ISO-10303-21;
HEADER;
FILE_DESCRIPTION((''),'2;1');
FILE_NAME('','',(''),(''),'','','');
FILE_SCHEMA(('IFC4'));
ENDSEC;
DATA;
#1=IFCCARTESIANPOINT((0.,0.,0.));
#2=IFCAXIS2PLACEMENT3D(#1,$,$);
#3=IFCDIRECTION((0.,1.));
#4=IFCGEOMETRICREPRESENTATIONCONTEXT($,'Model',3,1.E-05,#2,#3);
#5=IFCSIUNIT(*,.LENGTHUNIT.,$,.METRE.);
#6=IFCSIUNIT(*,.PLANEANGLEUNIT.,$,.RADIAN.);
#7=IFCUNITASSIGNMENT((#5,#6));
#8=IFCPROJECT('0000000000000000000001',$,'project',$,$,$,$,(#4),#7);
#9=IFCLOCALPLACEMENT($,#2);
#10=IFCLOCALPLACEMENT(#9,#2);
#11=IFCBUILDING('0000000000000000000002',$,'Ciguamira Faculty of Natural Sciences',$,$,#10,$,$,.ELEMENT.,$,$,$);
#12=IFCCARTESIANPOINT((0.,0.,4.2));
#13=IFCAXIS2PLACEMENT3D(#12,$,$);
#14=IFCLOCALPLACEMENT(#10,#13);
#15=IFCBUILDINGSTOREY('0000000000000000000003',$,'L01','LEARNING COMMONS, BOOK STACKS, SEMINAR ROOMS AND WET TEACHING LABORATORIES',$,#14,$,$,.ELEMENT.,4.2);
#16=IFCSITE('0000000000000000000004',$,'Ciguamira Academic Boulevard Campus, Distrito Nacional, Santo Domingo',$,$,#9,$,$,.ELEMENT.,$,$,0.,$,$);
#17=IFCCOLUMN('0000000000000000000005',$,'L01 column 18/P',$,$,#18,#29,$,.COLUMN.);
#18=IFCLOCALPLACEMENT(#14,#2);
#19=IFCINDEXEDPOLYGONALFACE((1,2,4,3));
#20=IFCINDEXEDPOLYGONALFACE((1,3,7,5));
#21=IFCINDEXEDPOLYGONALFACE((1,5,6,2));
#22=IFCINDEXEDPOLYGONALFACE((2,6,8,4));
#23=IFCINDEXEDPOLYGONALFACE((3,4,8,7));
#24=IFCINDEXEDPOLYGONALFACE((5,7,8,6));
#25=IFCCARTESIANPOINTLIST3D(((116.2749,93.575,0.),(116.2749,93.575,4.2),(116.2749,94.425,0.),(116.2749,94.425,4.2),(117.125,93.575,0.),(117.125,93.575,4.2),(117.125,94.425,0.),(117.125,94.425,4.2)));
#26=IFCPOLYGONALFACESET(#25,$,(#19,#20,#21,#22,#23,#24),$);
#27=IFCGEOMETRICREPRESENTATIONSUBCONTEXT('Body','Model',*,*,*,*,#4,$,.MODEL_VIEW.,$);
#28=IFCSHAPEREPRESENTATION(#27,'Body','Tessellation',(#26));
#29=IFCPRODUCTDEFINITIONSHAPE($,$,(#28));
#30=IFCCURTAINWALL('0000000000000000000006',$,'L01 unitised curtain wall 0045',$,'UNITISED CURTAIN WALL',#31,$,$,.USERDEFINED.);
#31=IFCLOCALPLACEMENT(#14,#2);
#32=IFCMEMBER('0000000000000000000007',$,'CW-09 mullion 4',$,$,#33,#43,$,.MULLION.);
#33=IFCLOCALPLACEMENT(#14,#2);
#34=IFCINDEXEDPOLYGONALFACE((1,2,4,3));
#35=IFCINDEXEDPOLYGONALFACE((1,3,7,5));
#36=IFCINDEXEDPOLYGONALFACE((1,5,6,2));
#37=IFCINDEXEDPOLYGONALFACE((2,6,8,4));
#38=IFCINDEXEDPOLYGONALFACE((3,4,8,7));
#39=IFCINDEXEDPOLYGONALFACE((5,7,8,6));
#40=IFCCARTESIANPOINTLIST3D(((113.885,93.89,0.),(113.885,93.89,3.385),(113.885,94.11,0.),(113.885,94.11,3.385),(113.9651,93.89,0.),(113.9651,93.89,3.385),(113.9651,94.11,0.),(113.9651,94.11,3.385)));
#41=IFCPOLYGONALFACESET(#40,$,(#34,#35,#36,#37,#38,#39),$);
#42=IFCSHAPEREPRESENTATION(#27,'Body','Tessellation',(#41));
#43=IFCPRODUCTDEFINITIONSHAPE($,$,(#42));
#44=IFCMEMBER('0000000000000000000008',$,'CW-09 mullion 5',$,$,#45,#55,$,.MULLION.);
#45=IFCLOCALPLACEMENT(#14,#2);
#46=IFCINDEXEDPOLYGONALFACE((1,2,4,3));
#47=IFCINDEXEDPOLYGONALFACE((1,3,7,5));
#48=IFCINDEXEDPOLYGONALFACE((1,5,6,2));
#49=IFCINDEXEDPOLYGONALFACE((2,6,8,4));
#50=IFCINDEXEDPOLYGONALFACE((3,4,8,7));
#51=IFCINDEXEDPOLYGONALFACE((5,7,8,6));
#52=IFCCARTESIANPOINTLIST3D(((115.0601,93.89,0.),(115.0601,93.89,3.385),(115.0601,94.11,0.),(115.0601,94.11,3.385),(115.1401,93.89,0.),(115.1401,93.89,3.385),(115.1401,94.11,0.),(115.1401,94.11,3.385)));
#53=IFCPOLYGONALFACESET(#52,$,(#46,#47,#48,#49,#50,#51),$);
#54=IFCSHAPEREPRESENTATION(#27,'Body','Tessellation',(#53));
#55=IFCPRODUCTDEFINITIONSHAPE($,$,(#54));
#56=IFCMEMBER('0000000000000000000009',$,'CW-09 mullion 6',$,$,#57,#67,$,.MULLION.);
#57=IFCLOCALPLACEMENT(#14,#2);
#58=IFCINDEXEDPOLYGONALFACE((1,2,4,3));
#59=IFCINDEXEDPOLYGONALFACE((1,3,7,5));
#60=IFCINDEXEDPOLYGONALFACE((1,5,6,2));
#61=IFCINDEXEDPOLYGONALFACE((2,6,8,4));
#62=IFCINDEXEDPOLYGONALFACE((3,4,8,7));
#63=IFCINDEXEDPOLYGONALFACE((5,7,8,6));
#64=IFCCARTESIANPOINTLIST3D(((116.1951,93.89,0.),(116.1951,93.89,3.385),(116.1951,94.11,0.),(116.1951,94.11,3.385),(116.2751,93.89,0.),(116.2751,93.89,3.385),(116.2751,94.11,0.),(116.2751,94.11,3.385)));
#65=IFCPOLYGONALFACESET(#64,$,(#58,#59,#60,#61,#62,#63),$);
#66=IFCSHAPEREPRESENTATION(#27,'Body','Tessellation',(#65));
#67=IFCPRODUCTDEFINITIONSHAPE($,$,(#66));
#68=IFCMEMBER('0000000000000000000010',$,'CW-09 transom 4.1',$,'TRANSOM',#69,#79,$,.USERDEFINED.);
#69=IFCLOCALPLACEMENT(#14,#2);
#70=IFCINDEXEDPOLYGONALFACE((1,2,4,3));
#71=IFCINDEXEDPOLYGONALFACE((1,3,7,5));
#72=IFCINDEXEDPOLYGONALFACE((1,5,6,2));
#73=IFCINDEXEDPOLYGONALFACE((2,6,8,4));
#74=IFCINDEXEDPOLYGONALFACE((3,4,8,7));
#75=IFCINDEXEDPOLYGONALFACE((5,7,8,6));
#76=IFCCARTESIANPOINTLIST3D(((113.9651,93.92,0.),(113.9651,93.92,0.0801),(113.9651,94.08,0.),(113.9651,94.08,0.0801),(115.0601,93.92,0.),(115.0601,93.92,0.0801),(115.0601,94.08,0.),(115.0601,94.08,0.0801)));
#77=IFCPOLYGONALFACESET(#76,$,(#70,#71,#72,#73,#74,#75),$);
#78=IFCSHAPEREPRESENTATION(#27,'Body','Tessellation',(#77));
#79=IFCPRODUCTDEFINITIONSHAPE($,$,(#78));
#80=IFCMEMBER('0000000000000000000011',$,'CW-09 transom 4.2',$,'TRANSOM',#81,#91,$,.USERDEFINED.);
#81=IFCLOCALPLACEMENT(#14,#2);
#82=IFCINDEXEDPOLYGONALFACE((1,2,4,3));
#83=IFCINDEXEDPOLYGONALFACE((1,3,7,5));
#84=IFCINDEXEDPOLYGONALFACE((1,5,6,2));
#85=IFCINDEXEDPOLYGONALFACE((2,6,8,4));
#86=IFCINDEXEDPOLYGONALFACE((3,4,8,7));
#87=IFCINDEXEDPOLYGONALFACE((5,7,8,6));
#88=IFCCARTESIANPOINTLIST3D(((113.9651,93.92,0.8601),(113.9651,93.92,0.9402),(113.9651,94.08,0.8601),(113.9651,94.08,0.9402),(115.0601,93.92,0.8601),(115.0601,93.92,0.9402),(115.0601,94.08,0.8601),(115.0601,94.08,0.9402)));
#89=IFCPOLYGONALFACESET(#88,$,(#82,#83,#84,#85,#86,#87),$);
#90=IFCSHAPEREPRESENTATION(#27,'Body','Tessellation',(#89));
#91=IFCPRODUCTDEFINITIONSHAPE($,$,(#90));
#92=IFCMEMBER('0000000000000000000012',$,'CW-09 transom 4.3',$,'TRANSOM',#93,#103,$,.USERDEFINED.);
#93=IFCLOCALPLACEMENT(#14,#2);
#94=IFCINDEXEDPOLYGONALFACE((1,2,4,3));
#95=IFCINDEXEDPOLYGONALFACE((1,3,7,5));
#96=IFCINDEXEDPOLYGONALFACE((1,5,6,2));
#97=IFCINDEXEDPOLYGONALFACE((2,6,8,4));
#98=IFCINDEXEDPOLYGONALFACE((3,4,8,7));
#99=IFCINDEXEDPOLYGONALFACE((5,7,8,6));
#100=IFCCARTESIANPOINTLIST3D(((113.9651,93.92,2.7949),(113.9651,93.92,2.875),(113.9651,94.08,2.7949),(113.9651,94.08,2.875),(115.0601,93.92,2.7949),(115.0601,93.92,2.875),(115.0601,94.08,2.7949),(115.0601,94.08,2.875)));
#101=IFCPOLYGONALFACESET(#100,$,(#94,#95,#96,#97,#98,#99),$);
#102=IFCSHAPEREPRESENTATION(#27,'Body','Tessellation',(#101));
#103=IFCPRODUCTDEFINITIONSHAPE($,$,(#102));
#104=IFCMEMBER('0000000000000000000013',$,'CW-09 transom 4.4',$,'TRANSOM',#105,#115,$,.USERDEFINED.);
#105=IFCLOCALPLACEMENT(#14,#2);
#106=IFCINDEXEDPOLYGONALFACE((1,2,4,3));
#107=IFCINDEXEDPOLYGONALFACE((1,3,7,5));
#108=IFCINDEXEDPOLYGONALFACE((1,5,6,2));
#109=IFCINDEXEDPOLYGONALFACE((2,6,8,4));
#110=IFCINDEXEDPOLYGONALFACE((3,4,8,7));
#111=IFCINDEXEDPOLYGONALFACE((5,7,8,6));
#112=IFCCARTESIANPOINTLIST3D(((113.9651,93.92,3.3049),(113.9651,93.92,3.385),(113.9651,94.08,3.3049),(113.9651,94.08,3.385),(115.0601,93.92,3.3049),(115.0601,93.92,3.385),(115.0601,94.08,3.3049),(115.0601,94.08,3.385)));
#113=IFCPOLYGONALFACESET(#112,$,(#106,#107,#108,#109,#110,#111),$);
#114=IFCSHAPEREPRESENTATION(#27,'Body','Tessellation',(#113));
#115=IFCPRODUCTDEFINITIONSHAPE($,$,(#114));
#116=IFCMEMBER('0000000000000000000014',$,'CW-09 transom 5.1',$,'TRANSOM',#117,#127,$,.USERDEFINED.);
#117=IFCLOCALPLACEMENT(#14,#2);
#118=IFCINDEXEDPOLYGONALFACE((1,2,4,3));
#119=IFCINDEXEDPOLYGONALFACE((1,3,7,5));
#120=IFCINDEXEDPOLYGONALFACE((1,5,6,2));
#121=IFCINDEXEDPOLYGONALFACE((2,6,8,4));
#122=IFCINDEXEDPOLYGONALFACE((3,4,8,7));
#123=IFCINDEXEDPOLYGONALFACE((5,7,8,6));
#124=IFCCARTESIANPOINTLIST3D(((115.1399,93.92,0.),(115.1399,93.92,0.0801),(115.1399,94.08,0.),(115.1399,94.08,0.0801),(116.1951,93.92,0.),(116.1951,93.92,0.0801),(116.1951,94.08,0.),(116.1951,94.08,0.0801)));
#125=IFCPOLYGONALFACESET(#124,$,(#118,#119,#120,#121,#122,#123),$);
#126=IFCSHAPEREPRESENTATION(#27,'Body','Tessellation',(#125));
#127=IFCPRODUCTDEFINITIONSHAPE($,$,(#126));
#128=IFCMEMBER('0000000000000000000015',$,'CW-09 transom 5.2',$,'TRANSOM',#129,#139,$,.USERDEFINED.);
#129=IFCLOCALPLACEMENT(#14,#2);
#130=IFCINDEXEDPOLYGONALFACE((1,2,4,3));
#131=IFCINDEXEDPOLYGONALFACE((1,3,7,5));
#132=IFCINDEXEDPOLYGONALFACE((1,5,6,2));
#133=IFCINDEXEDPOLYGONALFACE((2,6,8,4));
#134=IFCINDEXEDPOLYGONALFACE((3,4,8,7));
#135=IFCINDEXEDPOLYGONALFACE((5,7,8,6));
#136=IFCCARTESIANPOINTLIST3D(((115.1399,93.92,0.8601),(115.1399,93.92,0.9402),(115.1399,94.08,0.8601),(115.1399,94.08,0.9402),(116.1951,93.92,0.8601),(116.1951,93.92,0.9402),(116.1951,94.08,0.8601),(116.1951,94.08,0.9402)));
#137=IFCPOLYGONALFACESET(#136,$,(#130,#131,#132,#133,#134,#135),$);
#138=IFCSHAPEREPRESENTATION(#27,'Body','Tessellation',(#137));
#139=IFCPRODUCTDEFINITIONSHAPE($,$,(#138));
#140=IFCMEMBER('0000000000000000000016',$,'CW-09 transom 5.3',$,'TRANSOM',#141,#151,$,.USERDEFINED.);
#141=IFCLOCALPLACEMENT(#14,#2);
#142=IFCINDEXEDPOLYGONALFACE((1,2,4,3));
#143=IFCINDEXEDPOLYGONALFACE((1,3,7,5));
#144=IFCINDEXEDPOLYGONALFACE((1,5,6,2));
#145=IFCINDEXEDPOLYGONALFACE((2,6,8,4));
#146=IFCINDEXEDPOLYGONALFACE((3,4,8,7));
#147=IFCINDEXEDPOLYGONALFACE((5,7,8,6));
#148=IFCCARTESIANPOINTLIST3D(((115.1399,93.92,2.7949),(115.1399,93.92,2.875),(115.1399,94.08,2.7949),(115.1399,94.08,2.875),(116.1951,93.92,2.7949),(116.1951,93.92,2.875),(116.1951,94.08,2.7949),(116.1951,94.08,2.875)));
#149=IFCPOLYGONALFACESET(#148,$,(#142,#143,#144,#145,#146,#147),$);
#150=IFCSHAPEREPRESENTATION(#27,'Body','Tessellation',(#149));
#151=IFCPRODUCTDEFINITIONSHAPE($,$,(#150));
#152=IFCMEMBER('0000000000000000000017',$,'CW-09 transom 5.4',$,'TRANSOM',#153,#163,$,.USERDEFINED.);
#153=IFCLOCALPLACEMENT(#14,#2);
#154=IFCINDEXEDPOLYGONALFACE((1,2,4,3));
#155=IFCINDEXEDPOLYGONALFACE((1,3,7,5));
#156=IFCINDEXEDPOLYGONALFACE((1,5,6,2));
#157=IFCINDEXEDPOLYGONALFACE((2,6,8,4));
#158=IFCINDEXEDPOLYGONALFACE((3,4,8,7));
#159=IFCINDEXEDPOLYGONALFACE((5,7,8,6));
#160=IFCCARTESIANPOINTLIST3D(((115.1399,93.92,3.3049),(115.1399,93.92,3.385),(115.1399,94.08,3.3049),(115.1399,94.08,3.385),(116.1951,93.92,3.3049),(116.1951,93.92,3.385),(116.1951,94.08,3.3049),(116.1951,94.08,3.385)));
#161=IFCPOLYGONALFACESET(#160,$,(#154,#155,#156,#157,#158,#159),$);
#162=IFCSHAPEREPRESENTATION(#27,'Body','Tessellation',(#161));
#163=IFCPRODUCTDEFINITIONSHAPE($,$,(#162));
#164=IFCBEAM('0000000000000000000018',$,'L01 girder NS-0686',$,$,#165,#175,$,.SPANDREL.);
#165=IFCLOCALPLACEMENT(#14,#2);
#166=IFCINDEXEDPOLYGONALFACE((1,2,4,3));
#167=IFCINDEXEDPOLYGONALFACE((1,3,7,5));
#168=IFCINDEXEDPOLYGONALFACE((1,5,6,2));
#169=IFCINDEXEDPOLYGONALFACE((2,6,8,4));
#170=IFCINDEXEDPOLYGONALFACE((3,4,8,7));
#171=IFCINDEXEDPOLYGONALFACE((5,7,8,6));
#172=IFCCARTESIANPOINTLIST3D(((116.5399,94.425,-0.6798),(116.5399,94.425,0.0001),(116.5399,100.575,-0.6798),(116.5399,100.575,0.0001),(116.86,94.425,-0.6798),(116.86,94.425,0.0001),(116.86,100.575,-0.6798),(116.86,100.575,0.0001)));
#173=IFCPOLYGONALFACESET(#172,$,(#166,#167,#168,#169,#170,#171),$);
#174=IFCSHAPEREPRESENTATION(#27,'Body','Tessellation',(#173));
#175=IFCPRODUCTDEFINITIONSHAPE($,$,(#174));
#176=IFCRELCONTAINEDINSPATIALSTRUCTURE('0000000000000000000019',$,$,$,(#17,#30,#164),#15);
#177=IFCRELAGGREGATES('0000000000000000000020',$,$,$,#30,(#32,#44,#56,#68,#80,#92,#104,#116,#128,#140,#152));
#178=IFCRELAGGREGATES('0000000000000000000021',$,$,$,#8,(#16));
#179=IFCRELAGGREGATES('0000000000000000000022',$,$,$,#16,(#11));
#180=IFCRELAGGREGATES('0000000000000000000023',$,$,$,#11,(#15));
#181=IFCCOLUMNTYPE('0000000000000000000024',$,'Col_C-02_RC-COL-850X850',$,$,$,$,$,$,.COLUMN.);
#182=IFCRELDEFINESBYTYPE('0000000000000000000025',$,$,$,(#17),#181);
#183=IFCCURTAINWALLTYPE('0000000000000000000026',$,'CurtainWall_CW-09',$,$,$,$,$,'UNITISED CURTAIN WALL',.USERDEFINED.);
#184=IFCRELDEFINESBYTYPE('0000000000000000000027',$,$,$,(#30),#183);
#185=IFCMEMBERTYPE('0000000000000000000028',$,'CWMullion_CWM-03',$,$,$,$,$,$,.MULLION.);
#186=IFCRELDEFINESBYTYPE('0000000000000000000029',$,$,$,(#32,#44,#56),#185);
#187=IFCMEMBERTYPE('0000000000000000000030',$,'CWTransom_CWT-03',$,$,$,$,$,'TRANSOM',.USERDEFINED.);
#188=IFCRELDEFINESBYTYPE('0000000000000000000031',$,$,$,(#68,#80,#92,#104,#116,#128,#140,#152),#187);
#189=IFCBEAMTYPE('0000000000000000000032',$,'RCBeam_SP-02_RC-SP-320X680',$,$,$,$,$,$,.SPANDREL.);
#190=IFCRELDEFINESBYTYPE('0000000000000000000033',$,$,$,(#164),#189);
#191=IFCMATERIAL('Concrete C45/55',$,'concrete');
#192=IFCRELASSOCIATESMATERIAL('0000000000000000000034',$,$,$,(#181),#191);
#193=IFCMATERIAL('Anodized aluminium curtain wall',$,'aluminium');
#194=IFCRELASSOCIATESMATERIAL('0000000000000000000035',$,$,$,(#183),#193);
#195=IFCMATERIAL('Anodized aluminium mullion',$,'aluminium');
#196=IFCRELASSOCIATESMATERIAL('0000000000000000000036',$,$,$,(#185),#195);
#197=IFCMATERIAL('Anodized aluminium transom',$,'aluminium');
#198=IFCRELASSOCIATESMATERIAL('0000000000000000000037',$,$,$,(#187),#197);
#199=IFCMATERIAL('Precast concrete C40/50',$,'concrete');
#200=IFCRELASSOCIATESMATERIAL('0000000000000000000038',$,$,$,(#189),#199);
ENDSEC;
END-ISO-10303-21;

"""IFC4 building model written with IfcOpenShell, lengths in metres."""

from ifc_helpers import new_model, si_unit, direction, frame, origin, origin_2d, place, context, subcontext, project, spatial, rectangle, extrude, material, material_profile, profile_set, type_object, element, aggregate, save


model = new_model("IFC4")

# Units and contexts
model_context = context("Model", 3, precision=1e-05, world=origin(), true_north=direction((0.0, 1.0)))
body_context = subcontext(model_context, "Body", "Model", "MODEL_VIEW")
ifc_project = project(units=[si_unit("LENGTHUNIT", "METRE"), si_unit("PLANEANGLEUNIT", "RADIAN")], contexts=[model_context])

# Site, building, storey
site_placement = place(None, origin())
site = spatial("IfcSite", under=ifc_project, at=site_placement, Name="Ciguamira Academic Boulevard Campus, Distrito Nacional, Santo Domingo", CompositionType="ELEMENT", RefElevation=0.0)
building_placement = place(site_placement, origin())
building = spatial("IfcBuilding", under=site, at=building_placement, Name="Ciguamira Faculty of Natural Sciences", CompositionType="ELEMENT")
storey_placement = place(building_placement, frame((0.0, 0.0, 4.2)))
storey = spatial("IfcBuildingStorey", under=building, at=storey_placement, Name="L01", Description="LEARNING COMMONS, BOOK STACKS, SEMINAR ROOMS AND WET TEACHING LABORATORIES", CompositionType="ELEMENT", Elevation=4.2)

# Column
ifc_material_1 = material(Name="Concrete C45/55", Category="concrete")
ifc_material_profile_1 = material_profile(ifc_material_1, rectangle(XDim=0.8501, YDim=0.8501, at=origin_2d()), Name="RC-COL-850X850")
ifc_profile_set_1 = profile_set([ifc_material_profile_1], Name="Concrete C45/55")
column_type = type_object("IfcColumnType", Name="Col_C-02_RC-COL-850X850", PredefinedType="COLUMN", material=ifc_profile_set_1)
column_placement = place(storey_placement, frame((116.7, 94.0, 0.0), z_axis=(0.0, 0.0, 1.0), x_axis=(1.0, 0.0, 0.0)))
element("IfcColumn", 1, at=column_placement, inside=storey, type_object=column_type, Name="L01 column 18/P", PredefinedType="COLUMN", context=body_context, shape_type="SweptSolid", body=[
    extrude(rectangle(XDim=0.8501, YDim=0.8501, at=origin_2d()), origin(), (0.0, 0.0, 1.0), 4.2),
])

# Curtain wall, members
ifc_material_2 = material(Name="Anodized aluminium curtain wall", Category="aluminium")
curtain_wall_type = type_object("IfcCurtainWallType", Name="CurtainWall_CW-09", ElementType="UNITISED CURTAIN WALL", PredefinedType="USERDEFINED", material=ifc_material_2)
curtain_wall_placement = place(storey_placement, origin())
curtain_wall = element("IfcCurtainWall", 2, at=curtain_wall_placement, inside=storey, type_object=curtain_wall_type, Name="L01 unitised curtain wall 0045", ObjectType="UNITISED CURTAIN WALL", PredefinedType="USERDEFINED")
ifc_material_3 = material(Name="Anodized aluminium mullion", Category="aluminium")
ifc_material_profile_2 = material_profile(ifc_material_3, rectangle(XDim=0.0801, YDim=0.22, at=origin_2d()), Name="ALU-MUL-80X220")
ifc_profile_set_2 = profile_set([ifc_material_profile_2], Name="Anodized aluminium mullion")
member_type_1 = type_object("IfcMemberType", Name="CWMullion_CWM-03", PredefinedType="MULLION", material=ifc_profile_set_2)
member_1_placement = place(storey_placement, frame((113.925, 94.0, 0.0), z_axis=(0.0, 0.0, 1.0), x_axis=(1.0, 0.0, 0.0)))
member_1 = element("IfcMember", 3, at=member_1_placement, type_object=member_type_1, Name="CW-09 mullion 4", PredefinedType="MULLION", context=body_context, shape_type="SweptSolid", body=[
    extrude(rectangle(XDim=0.0801, YDim=0.22, at=origin_2d()), origin(), (0.0, 0.0, 1.0), 3.385),
])
member_2_placement = place(storey_placement, frame((115.1001, 94.0, 0.0), z_axis=(0.0, 0.0, 1.0), x_axis=(1.0, 0.0, 0.0)))
member_2 = element("IfcMember", 4, at=member_2_placement, type_object=member_type_1, Name="CW-09 mullion 5", PredefinedType="MULLION", context=body_context, shape_type="SweptSolid", body=[
    extrude(rectangle(XDim=0.0801, YDim=0.22, at=origin_2d()), origin(), (0.0, 0.0, 1.0), 3.385),
])
member_3_placement = place(storey_placement, frame((116.2351, 94.0, 0.0), z_axis=(0.0, 0.0, 1.0), x_axis=(1.0, 0.0, 0.0)))
member_3 = element("IfcMember", 5, at=member_3_placement, type_object=member_type_1, Name="CW-09 mullion 6", PredefinedType="MULLION", context=body_context, shape_type="SweptSolid", body=[
    extrude(rectangle(XDim=0.0801, YDim=0.22, at=origin_2d()), origin(), (0.0, 0.0, 1.0), 3.385),
])
ifc_material_4 = material(Name="Anodized aluminium transom", Category="aluminium")
ifc_material_profile_3 = material_profile(ifc_material_4, rectangle(XDim=0.0801, YDim=0.1599, at=origin_2d()), Name="ALU-TRN-80X160")
ifc_profile_set_3 = profile_set([ifc_material_profile_3], Name="Anodized aluminium transom")
member_type_2 = type_object("IfcMemberType", Name="CWTransom_CWT-03", ElementType="TRANSOM", PredefinedType="USERDEFINED", material=ifc_profile_set_3)
member_4_placement = place(storey_placement, frame((113.9651, 94.0, 0.04), z_axis=(1.0, 0.0, 0.0), x_axis=(0.0, 0.0, 1.0)))
member_4 = element("IfcMember", 6, at=member_4_placement, type_object=member_type_2, Name="CW-09 transom 4.1", ObjectType="TRANSOM", PredefinedType="USERDEFINED", context=body_context, shape_type="SweptSolid", body=[
    extrude(rectangle(XDim=0.0801, YDim=0.1599, at=origin_2d()), origin(), (0.0, 0.0, 1.0), 1.095),
])
member_5_placement = place(storey_placement, frame((113.9651, 94.0, 0.9001), z_axis=(1.0, 0.0, 0.0), x_axis=(0.0, 0.0, 1.0)))
member_5 = element("IfcMember", 7, at=member_5_placement, type_object=member_type_2, Name="CW-09 transom 4.2", ObjectType="TRANSOM", PredefinedType="USERDEFINED", context=body_context, shape_type="SweptSolid", body=[
    extrude(rectangle(XDim=0.0801, YDim=0.1599, at=origin_2d()), origin(), (0.0, 0.0, 1.0), 1.095),
])
member_6_placement = place(storey_placement, frame((113.9651, 94.0, 2.835), z_axis=(1.0, 0.0, 0.0), x_axis=(0.0, 0.0, 1.0)))
member_6 = element("IfcMember", 8, at=member_6_placement, type_object=member_type_2, Name="CW-09 transom 4.3", ObjectType="TRANSOM", PredefinedType="USERDEFINED", context=body_context, shape_type="SweptSolid", body=[
    extrude(rectangle(XDim=0.0801, YDim=0.1599, at=origin_2d()), origin(), (0.0, 0.0, 1.0), 1.095),
])
member_7_placement = place(storey_placement, frame((113.9651, 94.0, 3.345), z_axis=(1.0, 0.0, 0.0), x_axis=(0.0, 0.0, 1.0)))
member_7 = element("IfcMember", 9, at=member_7_placement, type_object=member_type_2, Name="CW-09 transom 4.4", ObjectType="TRANSOM", PredefinedType="USERDEFINED", context=body_context, shape_type="SweptSolid", body=[
    extrude(rectangle(XDim=0.0801, YDim=0.1599, at=origin_2d()), origin(), (0.0, 0.0, 1.0), 1.095),
])
member_8_placement = place(storey_placement, frame((115.1399, 94.0, 0.04), z_axis=(1.0, 0.0, 0.0), x_axis=(0.0, 0.0, 1.0)))
member_8 = element("IfcMember", 10, at=member_8_placement, type_object=member_type_2, Name="CW-09 transom 5.1", ObjectType="TRANSOM", PredefinedType="USERDEFINED", context=body_context, shape_type="SweptSolid", body=[
    extrude(rectangle(XDim=0.0801, YDim=0.1599, at=origin_2d()), origin(), (0.0, 0.0, 1.0), 1.0552),
])
member_9_placement = place(storey_placement, frame((115.1399, 94.0, 0.9001), z_axis=(1.0, 0.0, 0.0), x_axis=(0.0, 0.0, 1.0)))
member_9 = element("IfcMember", 11, at=member_9_placement, type_object=member_type_2, Name="CW-09 transom 5.2", ObjectType="TRANSOM", PredefinedType="USERDEFINED", context=body_context, shape_type="SweptSolid", body=[
    extrude(rectangle(XDim=0.0801, YDim=0.1599, at=origin_2d()), origin(), (0.0, 0.0, 1.0), 1.0552),
])
member_10_placement = place(storey_placement, frame((115.1399, 94.0, 2.835), z_axis=(1.0, 0.0, 0.0), x_axis=(0.0, 0.0, 1.0)))
member_10 = element("IfcMember", 12, at=member_10_placement, type_object=member_type_2, Name="CW-09 transom 5.3", ObjectType="TRANSOM", PredefinedType="USERDEFINED", context=body_context, shape_type="SweptSolid", body=[
    extrude(rectangle(XDim=0.0801, YDim=0.1599, at=origin_2d()), origin(), (0.0, 0.0, 1.0), 1.0552),
])
member_11_placement = place(storey_placement, frame((115.1399, 94.0, 3.345), z_axis=(1.0, 0.0, 0.0), x_axis=(0.0, 0.0, 1.0)))
member_11 = element("IfcMember", 13, at=member_11_placement, type_object=member_type_2, Name="CW-09 transom 5.4", ObjectType="TRANSOM", PredefinedType="USERDEFINED", context=body_context, shape_type="SweptSolid", body=[
    extrude(rectangle(XDim=0.0801, YDim=0.1599, at=origin_2d()), origin(), (0.0, 0.0, 1.0), 1.0552),
])

# Beam
ifc_material_5 = material(Name="Precast concrete C40/50", Category="concrete")
ifc_material_profile_4 = material_profile(ifc_material_5, rectangle(XDim=0.3201, YDim=0.6799, at=origin_2d()), Name="RC-SP-320X680")
ifc_profile_set_4 = profile_set([ifc_material_profile_4], Name="Precast concrete C40/50")
beam_type_1 = type_object("IfcBeamType", Name="RCBeam_SP-02_RC-SP-320X680", PredefinedType="SPANDREL", material=ifc_profile_set_4)
beam_1_placement = place(storey_placement, frame((116.7, 94.425, -0.3398), z_axis=(0.0, 1.0, 0.0), x_axis=(-1.0, 0.0, 0.0)))
element("IfcBeam", 14, at=beam_1_placement, inside=storey, type_object=beam_type_1, Name="L01 girder NS-0686", PredefinedType="SPANDREL", context=body_context, shape_type="SweptSolid", body=[
    extrude(rectangle(XDim=0.3201, YDim=0.6799, at=origin_2d()), origin(), (0.0, 0.0, 1.0), 6.1499),
])

aggregate(curtain_wall, [member_1, member_2, member_3, member_4, member_5, member_6, member_7, member_8, member_9, member_10, member_11])

save(model, "model.ifc")
